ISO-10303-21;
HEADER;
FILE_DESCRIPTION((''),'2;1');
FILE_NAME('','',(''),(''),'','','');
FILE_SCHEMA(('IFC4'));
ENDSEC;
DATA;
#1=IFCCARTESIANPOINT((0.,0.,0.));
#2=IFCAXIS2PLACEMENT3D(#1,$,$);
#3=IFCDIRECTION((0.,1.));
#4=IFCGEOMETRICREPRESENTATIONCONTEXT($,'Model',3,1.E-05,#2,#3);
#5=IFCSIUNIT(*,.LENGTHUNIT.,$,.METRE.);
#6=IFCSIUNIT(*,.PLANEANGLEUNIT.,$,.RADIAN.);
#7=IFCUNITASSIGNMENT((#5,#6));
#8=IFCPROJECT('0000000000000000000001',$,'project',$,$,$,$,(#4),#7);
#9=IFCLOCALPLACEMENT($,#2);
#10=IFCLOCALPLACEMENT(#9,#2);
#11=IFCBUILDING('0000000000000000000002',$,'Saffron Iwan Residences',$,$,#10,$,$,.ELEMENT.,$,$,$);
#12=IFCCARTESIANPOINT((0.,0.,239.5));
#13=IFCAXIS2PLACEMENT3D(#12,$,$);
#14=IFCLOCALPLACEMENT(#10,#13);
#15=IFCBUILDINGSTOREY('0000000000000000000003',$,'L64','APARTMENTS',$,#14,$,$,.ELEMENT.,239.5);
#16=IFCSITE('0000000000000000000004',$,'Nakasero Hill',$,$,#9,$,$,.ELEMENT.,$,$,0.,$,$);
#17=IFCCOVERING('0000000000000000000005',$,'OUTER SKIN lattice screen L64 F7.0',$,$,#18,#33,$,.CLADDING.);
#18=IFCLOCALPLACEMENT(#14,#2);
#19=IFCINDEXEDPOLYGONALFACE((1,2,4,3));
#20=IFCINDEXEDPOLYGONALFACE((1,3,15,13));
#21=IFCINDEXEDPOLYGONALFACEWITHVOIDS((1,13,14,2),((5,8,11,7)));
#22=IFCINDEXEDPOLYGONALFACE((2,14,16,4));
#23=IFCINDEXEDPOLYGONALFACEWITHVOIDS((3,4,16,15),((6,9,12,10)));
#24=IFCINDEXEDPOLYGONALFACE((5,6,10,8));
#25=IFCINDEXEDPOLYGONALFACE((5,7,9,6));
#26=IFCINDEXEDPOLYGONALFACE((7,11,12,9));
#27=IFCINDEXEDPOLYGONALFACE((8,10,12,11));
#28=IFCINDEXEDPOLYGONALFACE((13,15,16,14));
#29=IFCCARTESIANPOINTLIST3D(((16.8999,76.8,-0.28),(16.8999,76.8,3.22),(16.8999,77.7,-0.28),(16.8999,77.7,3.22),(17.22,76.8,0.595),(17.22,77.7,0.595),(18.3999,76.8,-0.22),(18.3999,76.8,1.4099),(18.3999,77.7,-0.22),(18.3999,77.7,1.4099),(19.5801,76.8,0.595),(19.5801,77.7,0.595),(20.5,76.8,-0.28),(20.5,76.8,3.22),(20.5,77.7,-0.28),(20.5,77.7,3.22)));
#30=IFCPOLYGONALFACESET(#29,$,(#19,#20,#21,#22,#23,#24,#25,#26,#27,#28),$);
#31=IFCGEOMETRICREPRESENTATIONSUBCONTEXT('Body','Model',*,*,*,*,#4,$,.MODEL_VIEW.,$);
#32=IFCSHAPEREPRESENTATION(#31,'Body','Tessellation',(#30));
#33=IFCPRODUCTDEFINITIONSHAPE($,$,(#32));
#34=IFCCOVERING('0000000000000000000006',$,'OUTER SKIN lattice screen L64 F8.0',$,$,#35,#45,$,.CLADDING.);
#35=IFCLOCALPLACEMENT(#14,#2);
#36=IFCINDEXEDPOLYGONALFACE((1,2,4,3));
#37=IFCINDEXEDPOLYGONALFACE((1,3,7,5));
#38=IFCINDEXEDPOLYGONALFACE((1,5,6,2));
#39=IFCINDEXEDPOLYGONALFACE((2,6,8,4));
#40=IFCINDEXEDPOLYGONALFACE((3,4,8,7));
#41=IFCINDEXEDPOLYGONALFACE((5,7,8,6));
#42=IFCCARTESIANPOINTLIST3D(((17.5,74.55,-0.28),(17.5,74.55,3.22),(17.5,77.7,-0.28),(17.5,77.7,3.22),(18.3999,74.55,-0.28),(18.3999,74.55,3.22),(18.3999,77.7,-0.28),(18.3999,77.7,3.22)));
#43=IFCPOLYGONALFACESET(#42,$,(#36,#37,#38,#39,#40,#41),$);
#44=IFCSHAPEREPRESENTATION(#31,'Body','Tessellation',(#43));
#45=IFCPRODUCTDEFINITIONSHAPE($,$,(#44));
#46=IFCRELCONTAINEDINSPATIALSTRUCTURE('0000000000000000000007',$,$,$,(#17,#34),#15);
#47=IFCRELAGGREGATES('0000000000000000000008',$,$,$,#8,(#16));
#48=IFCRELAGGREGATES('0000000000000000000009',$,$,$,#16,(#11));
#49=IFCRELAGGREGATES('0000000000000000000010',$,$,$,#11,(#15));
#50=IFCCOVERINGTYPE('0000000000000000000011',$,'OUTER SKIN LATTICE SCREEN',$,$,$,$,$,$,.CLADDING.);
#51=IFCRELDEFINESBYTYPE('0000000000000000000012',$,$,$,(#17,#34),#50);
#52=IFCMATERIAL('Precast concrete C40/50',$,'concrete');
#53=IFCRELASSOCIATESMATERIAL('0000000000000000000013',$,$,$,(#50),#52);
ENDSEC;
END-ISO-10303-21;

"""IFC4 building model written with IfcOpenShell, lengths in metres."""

from ifc_helpers import new_model, si_unit, direction, frame, origin, place, context, subcontext, project, spatial, polyline, outline, extrude, material, type_object, element, save


model = new_model("IFC4")

# Units and contexts
model_context = context("Model", 3, precision=1e-05, world=origin(), true_north=direction((0.0, 1.0)))
body_context = subcontext(model_context, "Body", "Model", "MODEL_VIEW")
ifc_project = project(units=[si_unit("LENGTHUNIT", "METRE"), si_unit("PLANEANGLEUNIT", "RADIAN")], contexts=[model_context])

# Site, building, storey
site_placement = place(None, origin())
site = spatial("IfcSite", under=ifc_project, at=site_placement, Name="Nakasero Hill", CompositionType="ELEMENT", RefElevation=0.0)
building_placement = place(site_placement, origin())
building = spatial("IfcBuilding", under=site, at=building_placement, Name="Saffron Iwan Residences", CompositionType="ELEMENT")
storey_placement = place(building_placement, frame((0.0, 0.0, 239.5)))
storey = spatial("IfcBuildingStorey", under=building, at=storey_placement, Name="L64", Description="APARTMENTS", CompositionType="ELEMENT", Elevation=239.5)

# Coverings
ifc_material_1 = material(Name="Precast concrete C40/50", Category="concrete")
covering_type = type_object("IfcCoveringType", Name="OUTER SKIN LATTICE SCREEN", PredefinedType="CLADDING", material=ifc_material_1)
for number, where, z_axis, x_axis, name in (
    (1, (20.5, 76.8, -0.28), (0.0, 1.0, 0.0), (-1.0, 0.0, 0.0), "OUTER SKIN lattice screen L64 F7.0"),
):
    element("IfcCovering", number, at=place(storey_placement, frame(where, z_axis=z_axis, x_axis=x_axis)), inside=storey, type_object=covering_type, Name=name, PredefinedType="CLADDING", context=body_context, shape_type="SweptSolid", body=[
        extrude(outline(polyline([(0.0, 0.0), (3.6001, 0.0), (3.6001, 3.5), (0.0, 3.5), (0.0, 0.0)]), holes=[polyline([(0.9199, 0.875), (2.1001, 0.0601), (3.28, 0.875), (2.1001, 1.6899), (0.9199, 0.875)])]), origin(), (0.0, 0.0, 1.0), 0.8999),
    ])
covering_1_placement = place(storey_placement, frame((18.3999, 77.7, -0.28), z_axis=(-1.0, 0.0, 0.0), x_axis=(0.0, -1.0, 0.0)))
element("IfcCovering", 2, at=covering_1_placement, inside=storey, type_object=covering_type, Name="OUTER SKIN lattice screen L64 F8.0", PredefinedType="CLADDING", context=body_context, shape_type="SweptSolid", body=[
    extrude(outline(polyline([(0.0, 0.0), (3.1499, 0.0), (3.1499, 3.5), (0.0, 3.5), (0.0, 0.0)])), origin(), (0.0, 0.0, 1.0), 0.8999),
])

save(model, "model.ifc")
